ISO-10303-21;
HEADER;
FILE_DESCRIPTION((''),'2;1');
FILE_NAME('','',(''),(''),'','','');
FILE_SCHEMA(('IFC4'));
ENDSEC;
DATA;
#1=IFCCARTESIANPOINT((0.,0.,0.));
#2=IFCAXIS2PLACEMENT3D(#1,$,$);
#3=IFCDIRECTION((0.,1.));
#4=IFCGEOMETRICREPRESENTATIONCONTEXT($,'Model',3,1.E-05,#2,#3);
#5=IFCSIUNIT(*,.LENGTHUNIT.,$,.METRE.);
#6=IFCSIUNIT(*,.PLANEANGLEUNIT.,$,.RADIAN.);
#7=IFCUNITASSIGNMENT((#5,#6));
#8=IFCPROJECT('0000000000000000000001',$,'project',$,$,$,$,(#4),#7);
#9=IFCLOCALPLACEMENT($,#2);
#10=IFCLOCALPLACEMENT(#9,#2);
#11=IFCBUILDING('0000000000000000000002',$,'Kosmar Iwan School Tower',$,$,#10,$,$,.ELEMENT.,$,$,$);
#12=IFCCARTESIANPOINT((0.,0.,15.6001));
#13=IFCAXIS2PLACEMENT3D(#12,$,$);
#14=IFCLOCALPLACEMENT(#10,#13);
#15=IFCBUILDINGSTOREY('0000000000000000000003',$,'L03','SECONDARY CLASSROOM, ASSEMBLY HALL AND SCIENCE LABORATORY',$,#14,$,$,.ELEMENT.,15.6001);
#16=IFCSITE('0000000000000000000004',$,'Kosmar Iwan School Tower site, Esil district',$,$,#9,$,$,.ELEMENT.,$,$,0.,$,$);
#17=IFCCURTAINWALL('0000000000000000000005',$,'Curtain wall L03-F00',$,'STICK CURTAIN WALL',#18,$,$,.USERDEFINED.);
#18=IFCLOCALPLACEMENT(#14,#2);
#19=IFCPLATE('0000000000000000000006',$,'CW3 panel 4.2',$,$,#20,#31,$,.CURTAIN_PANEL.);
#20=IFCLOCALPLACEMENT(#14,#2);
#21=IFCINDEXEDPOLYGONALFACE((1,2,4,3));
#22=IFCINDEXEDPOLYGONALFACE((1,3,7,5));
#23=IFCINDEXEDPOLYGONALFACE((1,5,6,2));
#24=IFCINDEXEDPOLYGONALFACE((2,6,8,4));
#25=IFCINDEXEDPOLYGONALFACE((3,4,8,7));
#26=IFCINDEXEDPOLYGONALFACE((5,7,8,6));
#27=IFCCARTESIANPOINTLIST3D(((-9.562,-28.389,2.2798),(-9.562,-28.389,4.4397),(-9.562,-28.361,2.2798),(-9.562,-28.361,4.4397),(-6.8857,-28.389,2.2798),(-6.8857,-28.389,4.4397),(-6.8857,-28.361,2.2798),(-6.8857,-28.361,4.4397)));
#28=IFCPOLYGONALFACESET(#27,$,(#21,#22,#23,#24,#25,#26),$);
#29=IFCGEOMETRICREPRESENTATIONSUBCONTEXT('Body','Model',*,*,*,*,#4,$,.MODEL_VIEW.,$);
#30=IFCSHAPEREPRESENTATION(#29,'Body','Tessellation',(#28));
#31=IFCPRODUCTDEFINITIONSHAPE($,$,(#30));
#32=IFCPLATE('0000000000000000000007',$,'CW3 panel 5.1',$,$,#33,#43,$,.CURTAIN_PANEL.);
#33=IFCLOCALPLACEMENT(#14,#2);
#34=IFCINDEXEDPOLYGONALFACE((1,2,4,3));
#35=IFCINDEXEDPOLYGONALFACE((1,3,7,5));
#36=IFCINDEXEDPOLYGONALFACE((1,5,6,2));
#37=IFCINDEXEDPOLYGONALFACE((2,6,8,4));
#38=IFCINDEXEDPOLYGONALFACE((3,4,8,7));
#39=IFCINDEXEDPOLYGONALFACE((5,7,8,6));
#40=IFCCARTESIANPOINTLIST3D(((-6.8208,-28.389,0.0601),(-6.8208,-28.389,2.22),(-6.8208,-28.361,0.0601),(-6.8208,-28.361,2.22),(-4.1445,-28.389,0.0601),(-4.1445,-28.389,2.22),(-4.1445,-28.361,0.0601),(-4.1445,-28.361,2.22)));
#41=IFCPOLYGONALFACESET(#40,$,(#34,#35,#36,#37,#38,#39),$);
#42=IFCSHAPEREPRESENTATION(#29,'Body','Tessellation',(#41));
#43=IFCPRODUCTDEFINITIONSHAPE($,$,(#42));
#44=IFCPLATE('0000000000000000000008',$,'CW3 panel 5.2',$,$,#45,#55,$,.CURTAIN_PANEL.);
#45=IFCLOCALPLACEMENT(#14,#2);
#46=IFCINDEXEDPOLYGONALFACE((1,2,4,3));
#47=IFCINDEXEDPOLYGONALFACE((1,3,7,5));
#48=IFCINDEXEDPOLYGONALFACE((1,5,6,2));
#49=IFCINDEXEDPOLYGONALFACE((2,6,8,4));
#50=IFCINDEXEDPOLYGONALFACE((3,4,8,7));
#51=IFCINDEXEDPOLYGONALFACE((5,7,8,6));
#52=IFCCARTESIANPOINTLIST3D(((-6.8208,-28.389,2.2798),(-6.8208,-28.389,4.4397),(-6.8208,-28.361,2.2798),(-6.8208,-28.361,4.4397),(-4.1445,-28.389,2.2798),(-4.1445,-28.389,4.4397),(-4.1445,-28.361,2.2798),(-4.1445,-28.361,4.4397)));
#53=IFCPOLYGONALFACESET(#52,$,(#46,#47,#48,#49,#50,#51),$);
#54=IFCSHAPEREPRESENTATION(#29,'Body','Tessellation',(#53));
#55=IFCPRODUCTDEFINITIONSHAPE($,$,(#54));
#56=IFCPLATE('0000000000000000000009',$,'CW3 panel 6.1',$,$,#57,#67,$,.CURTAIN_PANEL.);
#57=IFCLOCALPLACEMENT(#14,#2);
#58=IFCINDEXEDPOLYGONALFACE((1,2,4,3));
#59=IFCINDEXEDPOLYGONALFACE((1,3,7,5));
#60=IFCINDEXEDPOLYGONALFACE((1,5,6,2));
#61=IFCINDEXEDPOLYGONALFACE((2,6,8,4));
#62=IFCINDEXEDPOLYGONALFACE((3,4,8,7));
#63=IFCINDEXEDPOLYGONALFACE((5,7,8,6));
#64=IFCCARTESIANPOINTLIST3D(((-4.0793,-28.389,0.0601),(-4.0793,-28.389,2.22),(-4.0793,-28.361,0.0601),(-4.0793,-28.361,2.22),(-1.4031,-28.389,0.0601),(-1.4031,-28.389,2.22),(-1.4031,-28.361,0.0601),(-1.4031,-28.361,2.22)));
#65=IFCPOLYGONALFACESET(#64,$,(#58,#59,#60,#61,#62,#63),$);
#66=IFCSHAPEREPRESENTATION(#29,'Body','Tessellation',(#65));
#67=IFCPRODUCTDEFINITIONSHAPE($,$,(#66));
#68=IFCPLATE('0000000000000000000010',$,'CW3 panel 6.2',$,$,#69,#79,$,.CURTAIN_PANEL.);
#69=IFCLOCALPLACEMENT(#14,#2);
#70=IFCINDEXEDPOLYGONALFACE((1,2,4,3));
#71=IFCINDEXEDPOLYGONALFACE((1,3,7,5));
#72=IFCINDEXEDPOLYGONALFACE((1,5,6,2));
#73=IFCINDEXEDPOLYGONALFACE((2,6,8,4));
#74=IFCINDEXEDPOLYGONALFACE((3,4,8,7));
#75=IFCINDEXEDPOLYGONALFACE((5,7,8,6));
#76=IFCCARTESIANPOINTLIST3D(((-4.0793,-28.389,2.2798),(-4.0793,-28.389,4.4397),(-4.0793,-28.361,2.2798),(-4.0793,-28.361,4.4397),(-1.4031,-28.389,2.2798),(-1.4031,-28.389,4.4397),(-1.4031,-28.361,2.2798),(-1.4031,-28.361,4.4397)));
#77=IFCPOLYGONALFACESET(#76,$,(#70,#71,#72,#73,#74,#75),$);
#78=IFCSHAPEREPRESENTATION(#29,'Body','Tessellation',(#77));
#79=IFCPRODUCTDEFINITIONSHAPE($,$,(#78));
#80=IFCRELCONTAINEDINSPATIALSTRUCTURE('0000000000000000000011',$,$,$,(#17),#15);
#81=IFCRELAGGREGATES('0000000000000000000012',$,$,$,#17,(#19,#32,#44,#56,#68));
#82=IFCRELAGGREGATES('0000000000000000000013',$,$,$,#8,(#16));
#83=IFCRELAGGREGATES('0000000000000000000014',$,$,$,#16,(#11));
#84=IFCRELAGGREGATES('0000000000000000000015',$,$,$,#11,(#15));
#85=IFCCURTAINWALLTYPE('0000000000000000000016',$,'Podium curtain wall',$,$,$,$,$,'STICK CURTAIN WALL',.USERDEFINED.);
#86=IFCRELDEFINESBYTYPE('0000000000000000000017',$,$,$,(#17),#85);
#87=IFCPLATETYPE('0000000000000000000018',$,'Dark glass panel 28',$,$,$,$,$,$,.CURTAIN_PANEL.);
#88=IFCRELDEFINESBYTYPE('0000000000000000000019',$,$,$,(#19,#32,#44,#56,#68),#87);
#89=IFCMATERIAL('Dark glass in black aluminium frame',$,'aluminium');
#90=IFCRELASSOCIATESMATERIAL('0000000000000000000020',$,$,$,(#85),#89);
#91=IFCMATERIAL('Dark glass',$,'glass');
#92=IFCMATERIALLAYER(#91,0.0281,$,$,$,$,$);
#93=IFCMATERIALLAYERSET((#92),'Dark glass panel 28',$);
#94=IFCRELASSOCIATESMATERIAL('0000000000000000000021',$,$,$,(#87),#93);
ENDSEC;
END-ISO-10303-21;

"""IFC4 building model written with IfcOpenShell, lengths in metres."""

from ifc_helpers import new_model, si_unit, direction, frame, origin, origin_2d, place, context, subcontext, project, spatial, rectangle, extrude, material, layer, layer_set, type_object, element, aggregate, save


model = new_model("IFC4")

# Units and contexts
model_context = context("Model", 3, precision=1e-05, world=origin(), true_north=direction((0.0, 1.0)))
body_context = subcontext(model_context, "Body", "Model", "MODEL_VIEW")
ifc_project = project(units=[si_unit("LENGTHUNIT", "METRE"), si_unit("PLANEANGLEUNIT", "RADIAN")], contexts=[model_context])

# Site, building, storey
site_placement = place(None, origin())
site = spatial("IfcSite", under=ifc_project, at=site_placement, Name="Kosmar Iwan School Tower site, Esil district", CompositionType="ELEMENT", RefElevation=0.0)
building_placement = place(site_placement, origin())
building = spatial("IfcBuilding", under=site, at=building_placement, Name="Kosmar Iwan School Tower", CompositionType="ELEMENT")
storey_placement = place(building_placement, frame((0.0, 0.0, 15.6001)))
storey = spatial("IfcBuildingStorey", under=building, at=storey_placement, Name="L03", Description="SECONDARY CLASSROOM, ASSEMBLY HALL AND SCIENCE LABORATORY", CompositionType="ELEMENT", Elevation=15.6001)

# Curtain wall, plates
ifc_material_1 = material(Name="Dark glass in black aluminium frame", Category="aluminium")
curtain_wall_type = type_object("IfcCurtainWallType", Name="Podium curtain wall", ElementType="STICK CURTAIN WALL", PredefinedType="USERDEFINED", material=ifc_material_1)
curtain_wall_placement = place(storey_placement, origin())
curtain_wall = element("IfcCurtainWall", 1, at=curtain_wall_placement, inside=storey, type_object=curtain_wall_type, Name="Curtain wall L03-F00", ObjectType="STICK CURTAIN WALL", PredefinedType="USERDEFINED")
ifc_material_2 = material(Name="Dark glass", Category="glass")
ifc_layer = layer(ifc_material_2, 0.0281)
ifc_layer_set = layer_set([ifc_layer], Name="Dark glass panel 28")
plate_type = type_object("IfcPlateType", Name="Dark glass panel 28", PredefinedType="CURTAIN_PANEL", material=ifc_layer_set)
plate_1_placement = place(storey_placement, frame((-8.2239, -28.375, 2.2798), z_axis=(0.0, 0.0, 1.0), x_axis=(1.0, 0.0, 0.0)))
plate_1 = element("IfcPlate", 2, at=plate_1_placement, type_object=plate_type, Name="CW3 panel 4.2", PredefinedType="CURTAIN_PANEL", context=body_context, shape_type="SweptSolid", body=[
    extrude(rectangle(XDim=2.6763, YDim=0.0281, at=origin_2d()), origin(), (0.0, 0.0, 1.0), 2.1599),
])
plate_2_placement = place(storey_placement, frame((-5.4827, -28.375, 0.0601), z_axis=(0.0, 0.0, 1.0), x_axis=(1.0, 0.0, 0.0)))
plate_2 = element("IfcPlate", 3, at=plate_2_placement, type_object=plate_type, Name="CW3 panel 5.1", PredefinedType="CURTAIN_PANEL", context=body_context, shape_type="SweptSolid", body=[
    extrude(rectangle(XDim=2.6763, YDim=0.0281, at=origin_2d()), origin(), (0.0, 0.0, 1.0), 2.1599),
])
plate_3_placement = place(storey_placement, frame((-5.4827, -28.375, 2.2798), z_axis=(0.0, 0.0, 1.0), x_axis=(1.0, 0.0, 0.0)))
plate_3 = element("IfcPlate", 4, at=plate_3_placement, type_object=plate_type, Name="CW3 panel 5.2", PredefinedType="CURTAIN_PANEL", context=body_context, shape_type="SweptSolid", body=[
    extrude(rectangle(XDim=2.6763, YDim=0.0281, at=origin_2d()), origin(), (0.0, 0.0, 1.0), 2.1599),
])
plate_4_placement = place(storey_placement, frame((-2.7412, -28.375, 0.0601), z_axis=(0.0, 0.0, 1.0), x_axis=(1.0, 0.0, 0.0)))
plate_4 = element("IfcPlate", 5, at=plate_4_placement, type_object=plate_type, Name="CW3 panel 6.1", PredefinedType="CURTAIN_PANEL", context=body_context, shape_type="SweptSolid", body=[
    extrude(rectangle(XDim=2.6763, YDim=0.0281, at=origin_2d()), origin(), (0.0, 0.0, 1.0), 2.1599),
])
plate_5_placement = place(storey_placement, frame((-2.7412, -28.375, 2.2798), z_axis=(0.0, 0.0, 1.0), x_axis=(1.0, 0.0, 0.0)))
plate_5 = element("IfcPlate", 6, at=plate_5_placement, type_object=plate_type, Name="CW3 panel 6.2", PredefinedType="CURTAIN_PANEL", context=body_context, shape_type="SweptSolid", body=[
    extrude(rectangle(XDim=2.6763, YDim=0.0281, at=origin_2d()), origin(), (0.0, 0.0, 1.0), 2.1599),
])
aggregate(curtain_wall, [plate_1, plate_2, plate_3, plate_4, plate_5])

save(model, "model.ifc")
